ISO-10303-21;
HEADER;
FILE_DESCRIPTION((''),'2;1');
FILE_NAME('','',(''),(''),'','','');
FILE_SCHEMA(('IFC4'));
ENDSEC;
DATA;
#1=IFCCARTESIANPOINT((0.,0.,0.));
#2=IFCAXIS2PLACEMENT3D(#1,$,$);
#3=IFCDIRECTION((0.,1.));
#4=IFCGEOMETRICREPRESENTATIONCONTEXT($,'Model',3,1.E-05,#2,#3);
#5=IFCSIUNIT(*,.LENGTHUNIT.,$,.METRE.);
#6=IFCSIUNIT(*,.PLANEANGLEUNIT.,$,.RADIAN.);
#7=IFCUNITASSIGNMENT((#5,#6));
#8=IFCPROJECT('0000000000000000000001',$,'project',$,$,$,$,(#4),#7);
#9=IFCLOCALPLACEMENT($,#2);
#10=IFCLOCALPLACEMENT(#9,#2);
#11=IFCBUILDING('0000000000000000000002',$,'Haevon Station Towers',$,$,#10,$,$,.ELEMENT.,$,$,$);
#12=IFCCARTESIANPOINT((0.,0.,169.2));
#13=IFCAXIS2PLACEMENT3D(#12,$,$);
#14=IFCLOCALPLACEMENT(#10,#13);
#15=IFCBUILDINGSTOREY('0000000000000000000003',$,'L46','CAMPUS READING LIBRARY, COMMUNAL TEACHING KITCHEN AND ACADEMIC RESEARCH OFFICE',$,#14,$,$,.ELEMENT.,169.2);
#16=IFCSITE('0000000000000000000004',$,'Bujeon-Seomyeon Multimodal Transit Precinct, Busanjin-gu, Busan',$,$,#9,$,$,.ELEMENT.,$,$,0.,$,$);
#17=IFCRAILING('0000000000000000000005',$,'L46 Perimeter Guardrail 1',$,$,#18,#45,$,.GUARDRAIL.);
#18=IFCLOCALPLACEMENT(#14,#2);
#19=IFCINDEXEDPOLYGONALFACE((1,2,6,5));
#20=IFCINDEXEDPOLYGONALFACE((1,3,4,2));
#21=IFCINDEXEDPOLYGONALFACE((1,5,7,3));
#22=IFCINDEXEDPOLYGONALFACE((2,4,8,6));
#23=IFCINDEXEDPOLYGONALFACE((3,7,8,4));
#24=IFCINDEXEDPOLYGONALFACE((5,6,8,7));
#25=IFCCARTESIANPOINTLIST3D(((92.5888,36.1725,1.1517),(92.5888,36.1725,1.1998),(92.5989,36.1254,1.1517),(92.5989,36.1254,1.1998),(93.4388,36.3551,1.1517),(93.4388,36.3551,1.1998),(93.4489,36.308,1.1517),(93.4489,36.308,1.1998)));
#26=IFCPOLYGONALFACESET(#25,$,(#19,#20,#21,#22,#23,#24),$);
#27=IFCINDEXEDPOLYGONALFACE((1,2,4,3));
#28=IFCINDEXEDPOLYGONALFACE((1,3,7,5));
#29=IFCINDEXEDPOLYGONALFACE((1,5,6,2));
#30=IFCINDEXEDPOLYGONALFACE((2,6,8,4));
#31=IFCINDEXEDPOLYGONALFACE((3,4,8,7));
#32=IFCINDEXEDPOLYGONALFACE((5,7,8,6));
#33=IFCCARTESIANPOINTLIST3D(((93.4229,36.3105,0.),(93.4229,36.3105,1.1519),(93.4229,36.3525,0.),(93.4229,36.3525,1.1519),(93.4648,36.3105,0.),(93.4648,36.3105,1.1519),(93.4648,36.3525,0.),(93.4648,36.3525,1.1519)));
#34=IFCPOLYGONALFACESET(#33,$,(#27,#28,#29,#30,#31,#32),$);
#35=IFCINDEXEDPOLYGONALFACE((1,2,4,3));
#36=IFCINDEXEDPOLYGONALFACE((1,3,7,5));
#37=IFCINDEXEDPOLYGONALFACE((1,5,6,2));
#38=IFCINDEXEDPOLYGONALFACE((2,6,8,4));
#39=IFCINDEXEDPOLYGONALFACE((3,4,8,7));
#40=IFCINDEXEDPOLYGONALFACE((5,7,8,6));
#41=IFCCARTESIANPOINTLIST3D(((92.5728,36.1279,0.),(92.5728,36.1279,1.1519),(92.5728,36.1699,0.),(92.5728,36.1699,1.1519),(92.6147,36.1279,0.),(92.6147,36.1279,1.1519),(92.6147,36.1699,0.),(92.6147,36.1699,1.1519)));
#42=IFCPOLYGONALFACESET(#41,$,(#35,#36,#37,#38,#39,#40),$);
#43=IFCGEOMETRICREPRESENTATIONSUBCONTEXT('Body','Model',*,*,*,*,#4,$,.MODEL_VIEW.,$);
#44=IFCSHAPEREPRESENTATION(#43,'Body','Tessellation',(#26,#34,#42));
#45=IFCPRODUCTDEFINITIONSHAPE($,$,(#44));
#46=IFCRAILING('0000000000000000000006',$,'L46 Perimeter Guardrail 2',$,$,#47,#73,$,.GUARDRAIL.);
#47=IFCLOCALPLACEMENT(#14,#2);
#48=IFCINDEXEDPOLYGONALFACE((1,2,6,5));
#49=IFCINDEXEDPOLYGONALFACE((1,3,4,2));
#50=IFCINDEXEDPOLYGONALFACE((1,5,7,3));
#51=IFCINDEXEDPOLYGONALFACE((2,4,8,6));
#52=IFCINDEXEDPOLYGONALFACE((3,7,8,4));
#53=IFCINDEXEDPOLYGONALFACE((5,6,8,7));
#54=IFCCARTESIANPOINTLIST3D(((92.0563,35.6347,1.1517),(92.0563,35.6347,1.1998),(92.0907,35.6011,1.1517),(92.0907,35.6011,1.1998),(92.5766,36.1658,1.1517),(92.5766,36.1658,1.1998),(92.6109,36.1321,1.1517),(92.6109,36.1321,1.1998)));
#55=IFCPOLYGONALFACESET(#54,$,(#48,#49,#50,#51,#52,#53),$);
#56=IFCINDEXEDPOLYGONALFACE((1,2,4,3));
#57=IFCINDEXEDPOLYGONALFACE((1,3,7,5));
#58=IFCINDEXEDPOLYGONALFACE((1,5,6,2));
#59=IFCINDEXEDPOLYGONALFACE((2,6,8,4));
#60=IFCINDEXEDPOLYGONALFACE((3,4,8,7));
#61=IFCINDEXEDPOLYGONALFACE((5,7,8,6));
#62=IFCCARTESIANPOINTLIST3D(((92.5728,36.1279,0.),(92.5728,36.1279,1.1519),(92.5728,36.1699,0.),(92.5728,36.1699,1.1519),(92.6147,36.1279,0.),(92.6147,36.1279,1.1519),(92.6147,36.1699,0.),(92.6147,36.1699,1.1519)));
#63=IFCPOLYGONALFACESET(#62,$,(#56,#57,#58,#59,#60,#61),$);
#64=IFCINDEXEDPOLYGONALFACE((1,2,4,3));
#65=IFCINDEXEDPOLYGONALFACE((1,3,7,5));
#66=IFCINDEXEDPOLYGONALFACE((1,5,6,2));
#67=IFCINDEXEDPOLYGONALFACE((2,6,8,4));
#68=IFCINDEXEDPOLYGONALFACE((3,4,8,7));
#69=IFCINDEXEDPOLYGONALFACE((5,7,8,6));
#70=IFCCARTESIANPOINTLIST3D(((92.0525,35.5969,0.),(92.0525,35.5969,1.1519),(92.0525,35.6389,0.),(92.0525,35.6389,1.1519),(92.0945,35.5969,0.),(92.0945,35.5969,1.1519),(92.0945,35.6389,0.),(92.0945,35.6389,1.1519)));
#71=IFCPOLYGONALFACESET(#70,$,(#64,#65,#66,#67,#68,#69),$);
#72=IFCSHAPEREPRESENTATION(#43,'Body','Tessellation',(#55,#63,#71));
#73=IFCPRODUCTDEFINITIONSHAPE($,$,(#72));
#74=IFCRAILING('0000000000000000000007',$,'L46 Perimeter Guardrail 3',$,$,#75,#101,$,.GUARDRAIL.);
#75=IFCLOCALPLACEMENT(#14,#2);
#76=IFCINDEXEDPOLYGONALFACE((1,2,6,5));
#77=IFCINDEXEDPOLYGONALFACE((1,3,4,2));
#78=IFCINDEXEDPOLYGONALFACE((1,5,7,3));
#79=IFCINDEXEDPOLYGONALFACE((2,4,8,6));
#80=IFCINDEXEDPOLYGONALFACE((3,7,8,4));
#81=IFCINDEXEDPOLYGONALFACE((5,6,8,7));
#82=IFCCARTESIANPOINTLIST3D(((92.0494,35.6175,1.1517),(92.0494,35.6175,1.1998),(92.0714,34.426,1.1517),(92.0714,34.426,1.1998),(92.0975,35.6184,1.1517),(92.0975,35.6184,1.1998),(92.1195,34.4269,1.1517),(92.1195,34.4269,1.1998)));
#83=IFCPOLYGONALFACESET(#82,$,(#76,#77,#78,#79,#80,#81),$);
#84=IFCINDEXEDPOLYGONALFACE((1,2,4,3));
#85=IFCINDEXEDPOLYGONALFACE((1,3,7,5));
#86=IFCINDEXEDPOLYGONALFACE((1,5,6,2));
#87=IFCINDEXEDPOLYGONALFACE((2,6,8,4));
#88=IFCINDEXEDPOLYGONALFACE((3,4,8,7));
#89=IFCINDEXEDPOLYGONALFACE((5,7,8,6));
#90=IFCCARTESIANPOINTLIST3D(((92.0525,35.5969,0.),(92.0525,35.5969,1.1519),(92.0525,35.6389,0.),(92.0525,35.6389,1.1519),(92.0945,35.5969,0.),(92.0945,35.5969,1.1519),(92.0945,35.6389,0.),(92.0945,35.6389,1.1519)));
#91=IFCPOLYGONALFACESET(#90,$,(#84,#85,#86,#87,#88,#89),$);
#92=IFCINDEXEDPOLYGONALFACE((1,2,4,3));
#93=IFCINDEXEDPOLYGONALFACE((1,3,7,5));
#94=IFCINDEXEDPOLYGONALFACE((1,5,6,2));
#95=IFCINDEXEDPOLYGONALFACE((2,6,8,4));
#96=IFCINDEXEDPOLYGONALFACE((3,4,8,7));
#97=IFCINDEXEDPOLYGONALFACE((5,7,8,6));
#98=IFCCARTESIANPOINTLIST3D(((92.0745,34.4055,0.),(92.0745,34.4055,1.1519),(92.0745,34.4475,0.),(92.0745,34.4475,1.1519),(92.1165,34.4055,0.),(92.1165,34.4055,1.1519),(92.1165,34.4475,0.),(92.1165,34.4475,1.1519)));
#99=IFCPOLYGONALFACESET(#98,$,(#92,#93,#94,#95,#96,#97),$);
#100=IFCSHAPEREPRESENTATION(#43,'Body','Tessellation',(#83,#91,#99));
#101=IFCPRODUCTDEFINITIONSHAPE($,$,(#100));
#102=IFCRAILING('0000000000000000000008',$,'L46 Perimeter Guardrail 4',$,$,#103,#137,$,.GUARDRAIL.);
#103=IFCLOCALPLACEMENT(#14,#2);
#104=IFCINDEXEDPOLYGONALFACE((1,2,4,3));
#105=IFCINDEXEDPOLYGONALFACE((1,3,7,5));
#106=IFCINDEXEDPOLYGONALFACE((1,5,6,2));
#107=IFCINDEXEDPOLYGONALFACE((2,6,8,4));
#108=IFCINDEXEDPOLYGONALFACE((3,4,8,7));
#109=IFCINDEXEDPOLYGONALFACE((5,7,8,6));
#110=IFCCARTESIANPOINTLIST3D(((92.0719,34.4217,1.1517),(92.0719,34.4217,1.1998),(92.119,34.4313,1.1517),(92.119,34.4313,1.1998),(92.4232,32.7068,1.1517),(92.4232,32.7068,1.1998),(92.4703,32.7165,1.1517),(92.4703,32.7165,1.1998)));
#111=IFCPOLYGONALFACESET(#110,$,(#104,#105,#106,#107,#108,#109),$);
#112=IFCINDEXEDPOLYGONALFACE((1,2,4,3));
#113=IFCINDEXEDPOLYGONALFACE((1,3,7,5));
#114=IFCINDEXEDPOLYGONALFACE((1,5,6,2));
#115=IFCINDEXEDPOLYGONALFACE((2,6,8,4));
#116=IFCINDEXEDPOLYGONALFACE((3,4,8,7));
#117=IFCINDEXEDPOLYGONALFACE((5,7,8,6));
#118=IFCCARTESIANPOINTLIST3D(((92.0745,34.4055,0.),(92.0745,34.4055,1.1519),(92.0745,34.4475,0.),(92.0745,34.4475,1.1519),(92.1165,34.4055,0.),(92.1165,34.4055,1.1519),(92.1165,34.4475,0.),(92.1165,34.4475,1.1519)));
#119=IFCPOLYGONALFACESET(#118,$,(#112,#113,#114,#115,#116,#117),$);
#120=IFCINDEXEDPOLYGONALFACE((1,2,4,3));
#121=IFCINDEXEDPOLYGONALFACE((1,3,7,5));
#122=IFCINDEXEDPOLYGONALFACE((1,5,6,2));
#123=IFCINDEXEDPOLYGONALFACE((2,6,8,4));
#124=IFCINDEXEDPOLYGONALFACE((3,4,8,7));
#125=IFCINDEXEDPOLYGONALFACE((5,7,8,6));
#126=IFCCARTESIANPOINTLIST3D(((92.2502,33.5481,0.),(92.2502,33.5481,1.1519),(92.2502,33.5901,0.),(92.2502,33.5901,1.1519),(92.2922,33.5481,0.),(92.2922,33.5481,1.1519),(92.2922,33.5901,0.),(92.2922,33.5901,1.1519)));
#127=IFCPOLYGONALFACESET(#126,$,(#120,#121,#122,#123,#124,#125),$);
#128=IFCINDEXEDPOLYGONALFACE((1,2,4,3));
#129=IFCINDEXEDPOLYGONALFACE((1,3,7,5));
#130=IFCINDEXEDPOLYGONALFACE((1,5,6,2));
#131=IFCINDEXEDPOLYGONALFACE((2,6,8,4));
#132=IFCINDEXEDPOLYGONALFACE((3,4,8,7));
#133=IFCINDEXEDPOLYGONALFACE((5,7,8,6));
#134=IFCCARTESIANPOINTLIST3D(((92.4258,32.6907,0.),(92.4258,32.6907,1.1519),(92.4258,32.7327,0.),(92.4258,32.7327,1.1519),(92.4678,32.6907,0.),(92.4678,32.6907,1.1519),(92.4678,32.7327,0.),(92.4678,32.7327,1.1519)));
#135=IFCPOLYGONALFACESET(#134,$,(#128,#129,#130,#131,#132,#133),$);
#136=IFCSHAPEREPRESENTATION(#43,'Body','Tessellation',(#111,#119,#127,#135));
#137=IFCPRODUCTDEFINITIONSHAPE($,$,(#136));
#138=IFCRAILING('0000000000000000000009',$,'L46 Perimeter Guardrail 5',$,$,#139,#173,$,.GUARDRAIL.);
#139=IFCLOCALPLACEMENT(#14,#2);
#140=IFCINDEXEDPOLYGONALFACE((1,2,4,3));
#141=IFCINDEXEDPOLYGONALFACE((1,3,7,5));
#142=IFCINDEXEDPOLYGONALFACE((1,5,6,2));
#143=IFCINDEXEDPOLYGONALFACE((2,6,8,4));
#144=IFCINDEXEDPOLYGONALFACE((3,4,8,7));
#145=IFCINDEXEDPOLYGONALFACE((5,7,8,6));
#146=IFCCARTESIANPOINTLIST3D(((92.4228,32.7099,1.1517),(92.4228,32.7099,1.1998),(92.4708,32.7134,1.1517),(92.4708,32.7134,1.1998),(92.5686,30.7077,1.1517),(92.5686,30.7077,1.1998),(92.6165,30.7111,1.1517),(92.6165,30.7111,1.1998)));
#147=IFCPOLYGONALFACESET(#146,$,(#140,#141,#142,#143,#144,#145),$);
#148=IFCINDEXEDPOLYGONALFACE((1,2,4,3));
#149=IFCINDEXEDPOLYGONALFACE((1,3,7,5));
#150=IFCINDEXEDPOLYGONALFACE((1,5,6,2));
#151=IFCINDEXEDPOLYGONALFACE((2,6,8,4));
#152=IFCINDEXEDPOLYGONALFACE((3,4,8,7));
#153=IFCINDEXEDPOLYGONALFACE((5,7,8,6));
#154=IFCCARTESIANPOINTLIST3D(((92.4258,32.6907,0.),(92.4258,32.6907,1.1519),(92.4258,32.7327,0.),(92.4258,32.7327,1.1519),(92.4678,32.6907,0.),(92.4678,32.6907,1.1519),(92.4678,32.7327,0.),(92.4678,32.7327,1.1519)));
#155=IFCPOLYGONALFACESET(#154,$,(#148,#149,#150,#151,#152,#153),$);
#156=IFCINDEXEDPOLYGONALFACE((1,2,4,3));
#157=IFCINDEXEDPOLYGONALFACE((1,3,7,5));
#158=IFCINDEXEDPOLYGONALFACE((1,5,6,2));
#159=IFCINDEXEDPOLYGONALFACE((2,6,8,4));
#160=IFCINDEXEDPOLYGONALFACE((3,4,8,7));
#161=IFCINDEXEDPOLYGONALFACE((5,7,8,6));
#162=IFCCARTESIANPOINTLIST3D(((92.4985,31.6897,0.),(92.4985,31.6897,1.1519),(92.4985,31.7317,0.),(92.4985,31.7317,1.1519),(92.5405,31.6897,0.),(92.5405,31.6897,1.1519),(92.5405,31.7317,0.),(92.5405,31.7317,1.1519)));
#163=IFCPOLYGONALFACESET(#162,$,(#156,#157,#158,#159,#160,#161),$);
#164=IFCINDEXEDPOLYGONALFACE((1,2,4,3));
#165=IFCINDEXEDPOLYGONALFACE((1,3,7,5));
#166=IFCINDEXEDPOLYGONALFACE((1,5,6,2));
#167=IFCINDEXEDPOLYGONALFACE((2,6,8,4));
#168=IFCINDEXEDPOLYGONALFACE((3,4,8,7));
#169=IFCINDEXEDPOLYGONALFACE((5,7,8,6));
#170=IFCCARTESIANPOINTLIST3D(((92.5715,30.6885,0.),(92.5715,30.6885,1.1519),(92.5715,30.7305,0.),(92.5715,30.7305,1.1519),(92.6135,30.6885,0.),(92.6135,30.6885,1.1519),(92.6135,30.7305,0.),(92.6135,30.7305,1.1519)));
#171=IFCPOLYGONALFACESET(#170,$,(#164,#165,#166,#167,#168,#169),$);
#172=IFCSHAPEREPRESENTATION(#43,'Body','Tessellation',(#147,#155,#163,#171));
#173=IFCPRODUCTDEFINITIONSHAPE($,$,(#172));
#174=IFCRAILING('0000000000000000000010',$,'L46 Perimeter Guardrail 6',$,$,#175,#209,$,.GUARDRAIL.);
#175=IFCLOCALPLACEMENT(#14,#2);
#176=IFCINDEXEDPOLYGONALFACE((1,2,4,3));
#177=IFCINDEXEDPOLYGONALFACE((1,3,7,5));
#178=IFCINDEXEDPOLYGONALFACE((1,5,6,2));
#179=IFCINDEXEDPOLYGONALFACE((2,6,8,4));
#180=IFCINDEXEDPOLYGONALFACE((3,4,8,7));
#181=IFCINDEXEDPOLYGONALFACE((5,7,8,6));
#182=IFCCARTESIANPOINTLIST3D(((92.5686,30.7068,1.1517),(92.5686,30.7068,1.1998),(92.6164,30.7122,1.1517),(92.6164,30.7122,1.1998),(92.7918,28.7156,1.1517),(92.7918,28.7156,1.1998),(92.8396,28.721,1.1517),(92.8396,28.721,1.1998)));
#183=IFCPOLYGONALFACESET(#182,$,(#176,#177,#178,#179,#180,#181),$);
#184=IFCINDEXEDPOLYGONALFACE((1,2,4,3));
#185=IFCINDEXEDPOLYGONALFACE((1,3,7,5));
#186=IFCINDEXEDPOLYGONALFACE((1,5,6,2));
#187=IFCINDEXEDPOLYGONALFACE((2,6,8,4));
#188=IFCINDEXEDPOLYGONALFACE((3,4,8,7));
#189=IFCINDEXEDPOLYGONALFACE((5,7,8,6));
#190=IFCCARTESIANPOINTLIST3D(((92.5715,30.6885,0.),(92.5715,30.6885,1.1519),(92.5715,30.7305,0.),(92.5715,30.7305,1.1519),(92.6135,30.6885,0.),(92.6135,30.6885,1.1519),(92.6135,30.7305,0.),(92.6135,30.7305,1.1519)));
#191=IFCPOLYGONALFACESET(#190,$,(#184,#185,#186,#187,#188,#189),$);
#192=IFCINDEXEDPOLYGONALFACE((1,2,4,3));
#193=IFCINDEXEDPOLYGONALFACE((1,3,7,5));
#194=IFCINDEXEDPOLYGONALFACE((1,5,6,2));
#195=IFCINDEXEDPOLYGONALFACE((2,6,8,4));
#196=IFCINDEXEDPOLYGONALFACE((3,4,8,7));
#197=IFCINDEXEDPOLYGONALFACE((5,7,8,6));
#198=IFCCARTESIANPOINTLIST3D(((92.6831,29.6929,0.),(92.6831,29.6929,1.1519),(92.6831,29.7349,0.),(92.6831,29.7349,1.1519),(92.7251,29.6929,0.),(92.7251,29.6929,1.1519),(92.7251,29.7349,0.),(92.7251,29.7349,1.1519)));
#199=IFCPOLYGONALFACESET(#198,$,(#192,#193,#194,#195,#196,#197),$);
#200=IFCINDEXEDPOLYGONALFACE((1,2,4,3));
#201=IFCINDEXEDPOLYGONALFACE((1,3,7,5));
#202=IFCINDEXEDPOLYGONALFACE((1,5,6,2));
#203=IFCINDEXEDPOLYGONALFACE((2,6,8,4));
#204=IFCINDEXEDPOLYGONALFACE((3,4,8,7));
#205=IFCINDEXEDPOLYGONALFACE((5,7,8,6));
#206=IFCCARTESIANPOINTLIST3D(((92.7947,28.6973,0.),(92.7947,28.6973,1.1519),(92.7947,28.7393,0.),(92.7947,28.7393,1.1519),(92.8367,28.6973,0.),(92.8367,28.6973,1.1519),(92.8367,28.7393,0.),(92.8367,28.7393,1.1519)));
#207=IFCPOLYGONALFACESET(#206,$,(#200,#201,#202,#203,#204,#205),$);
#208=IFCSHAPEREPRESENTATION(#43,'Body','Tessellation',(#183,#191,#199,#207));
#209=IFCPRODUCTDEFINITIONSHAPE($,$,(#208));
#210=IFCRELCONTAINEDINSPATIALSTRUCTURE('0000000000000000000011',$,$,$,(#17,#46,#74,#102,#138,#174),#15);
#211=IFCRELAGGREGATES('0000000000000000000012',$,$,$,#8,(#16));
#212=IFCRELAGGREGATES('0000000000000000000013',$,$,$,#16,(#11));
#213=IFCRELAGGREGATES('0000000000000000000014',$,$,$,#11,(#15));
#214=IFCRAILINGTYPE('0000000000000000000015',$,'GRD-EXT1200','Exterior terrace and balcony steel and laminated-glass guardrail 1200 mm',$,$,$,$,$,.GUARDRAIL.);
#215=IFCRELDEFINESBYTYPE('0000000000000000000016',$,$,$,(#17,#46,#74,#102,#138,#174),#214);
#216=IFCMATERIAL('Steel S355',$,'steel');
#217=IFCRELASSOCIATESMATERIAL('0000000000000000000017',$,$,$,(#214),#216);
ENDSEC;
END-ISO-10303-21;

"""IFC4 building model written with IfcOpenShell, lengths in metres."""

from ifc_helpers import new_model, si_unit, direction, frame, origin, origin_2d, place, context, subcontext, project, spatial, rectangle, extrude, material, type_object, element, save


model = new_model("IFC4")

# Units and contexts
model_context = context("Model", 3, precision=1e-05, world=origin(), true_north=direction((0.0, 1.0)))
body_context = subcontext(model_context, "Body", "Model", "MODEL_VIEW")
ifc_project = project(units=[si_unit("LENGTHUNIT", "METRE"), si_unit("PLANEANGLEUNIT", "RADIAN")], contexts=[model_context])

# Site, building, storey
site_placement = place(None, origin())
site = spatial("IfcSite", under=ifc_project, at=site_placement, Name="Bujeon-Seomyeon Multimodal Transit Precinct, Busanjin-gu, Busan", CompositionType="ELEMENT", RefElevation=0.0)
building_placement = place(site_placement, origin())
building = spatial("IfcBuilding", under=site, at=building_placement, Name="Haevon Station Towers", CompositionType="ELEMENT")
storey_placement = place(building_placement, frame((0.0, 0.0, 169.2)))
storey = spatial("IfcBuildingStorey", under=building, at=storey_placement, Name="L46", Description="CAMPUS READING LIBRARY, COMMUNAL TEACHING KITCHEN AND ACADEMIC RESEARCH OFFICE", CompositionType="ELEMENT", Elevation=169.2)

# Shared definitions
ifc_material_1 = material(Name="Steel S355", Category="steel")

# Railings
railing_type = type_object("IfcRailingType", Name="GRD-EXT1200", Description="Exterior terrace and balcony steel and laminated-glass guardrail 1200 mm", PredefinedType="GUARDRAIL", material=ifc_material_1)
railing_1_placement = place(storey_placement, frame((93.4438, 36.3315, 0.0)))
element("IfcRailing", 1, at=railing_1_placement, inside=storey, type_object=railing_type, Name="L46 Perimeter Guardrail 1", PredefinedType="GUARDRAIL", context=body_context, shape_type="SweptSolid", body=[
    extrude(rectangle(XDim=0.0481, YDim=0.0481, at=origin_2d()), frame((0.0, 0.0, 1.1758), z_axis=(-0.977695, -0.210028, 0.0), x_axis=(0.210028, -0.977695, 0.0)), (0.0, 0.0, 1.0), 0.8694),
    extrude(rectangle(XDim=0.042, YDim=0.042, at=origin_2d()), origin(), (0.0, 0.0, 1.0), 1.1519),
    extrude(rectangle(XDim=0.042, YDim=0.042, at=origin_2d()), frame((-0.8501, -0.1826, 0.0)), (0.0, 0.0, 1.0), 1.1519),
])
railing_2_placement = place(storey_placement, frame((92.5938, 36.1489, 0.0)))
element("IfcRailing", 2, at=railing_2_placement, inside=storey, type_object=railing_type, Name="L46 Perimeter Guardrail 2", PredefinedType="GUARDRAIL", context=body_context, shape_type="SweptSolid", body=[
    extrude(rectangle(XDim=0.0481, YDim=0.0481, at=origin_2d()), frame((0.0, 0.0, 1.1758), z_axis=(-0.699845, -0.714295, 0.0), x_axis=(0.714295, -0.699845, 0.0)), (0.0, 0.0, 1.0), 0.7434),
    extrude(rectangle(XDim=0.042, YDim=0.042, at=origin_2d()), origin(), (0.0, 0.0, 1.0), 1.1519),
    extrude(rectangle(XDim=0.042, YDim=0.042, at=origin_2d()), frame((-0.5203, -0.531, 0.0)), (0.0, 0.0, 1.0), 1.1519),
])
railing_3_placement = place(storey_placement, frame((92.0735, 35.6179, 0.0)))
element("IfcRailing", 3, at=railing_3_placement, inside=storey, type_object=railing_type, Name="L46 Perimeter Guardrail 3", PredefinedType="GUARDRAIL", context=body_context, shape_type="SweptSolid", body=[
    extrude(rectangle(XDim=0.0481, YDim=0.0481, at=origin_2d()), frame((0.0, 0.0, 1.1758), z_axis=(0.018439, -0.99983, 0.0), x_axis=(0.99983, 0.018439, 0.0)), (0.0, 0.0, 1.0), 1.1917),
    extrude(rectangle(XDim=0.042, YDim=0.042, at=origin_2d()), origin(), (0.0, 0.0, 1.0), 1.1519),
    extrude(rectangle(XDim=0.042, YDim=0.042, at=origin_2d()), frame((0.022, -1.1914, 0.0)), (0.0, 0.0, 1.0), 1.1519),
])
railing_4_placement = place(storey_placement, frame((92.0955, 34.4265, 0.0)))
element("IfcRailing", 4, at=railing_4_placement, inside=storey, type_object=railing_type, Name="L46 Perimeter Guardrail 4", PredefinedType="GUARDRAIL", context=body_context, shape_type="SweptSolid", body=[
    extrude(rectangle(XDim=0.0481, YDim=0.0481, at=origin_2d()), frame((0.0, 0.0, 1.1758), z_axis=(0.2007, -0.979653, 0.0), x_axis=(0.979653, 0.2007, 0.0)), (0.0, 0.0, 1.0), 1.7505),
    extrude(rectangle(XDim=0.042, YDim=0.042, at=origin_2d()), origin(), (0.0, 0.0, 1.0), 1.1519),
    extrude(rectangle(XDim=0.042, YDim=0.042, at=origin_2d()), frame((0.1758, -0.8574, 0.0)), (0.0, 0.0, 1.0), 1.1519),
    extrude(rectangle(XDim=0.042, YDim=0.042, at=origin_2d()), frame((0.3513, -1.7148, 0.0)), (0.0, 0.0, 1.0), 1.1519),
])
railing_5_placement = place(storey_placement, frame((92.4468, 32.7117, 0.0)))
element("IfcRailing", 5, at=railing_5_placement, inside=storey, type_object=railing_type, Name="L46 Perimeter Guardrail 5", PredefinedType="GUARDRAIL", context=body_context, shape_type="SweptSolid", body=[
    extrude(rectangle(XDim=0.0481, YDim=0.0481, at=origin_2d()), frame((0.0, 0.0, 1.1758), z_axis=(0.072604, -0.997361, 0.0), x_axis=(0.997361, 0.072604, 0.0)), (0.0, 0.0, 1.0), 2.0076),
    extrude(rectangle(XDim=0.042, YDim=0.042, at=origin_2d()), origin(), (0.0, 0.0, 1.0), 1.1519),
    extrude(rectangle(XDim=0.042, YDim=0.042, at=origin_2d()), frame((0.0728, -1.001, 0.0)), (0.0, 0.0, 1.0), 1.1519),
    extrude(rectangle(XDim=0.042, YDim=0.042, at=origin_2d()), frame((0.1458, -2.0022, 0.0)), (0.0, 0.0, 1.0), 1.1519),
])
railing_6_placement = place(storey_placement, frame((92.5925, 30.7095, 0.0)))
element("IfcRailing", 6, at=railing_6_placement, inside=storey, type_object=railing_type, Name="L46 Perimeter Guardrail 6", PredefinedType="GUARDRAIL", context=body_context, shape_type="SweptSolid", body=[
    extrude(rectangle(XDim=0.0481, YDim=0.0481, at=origin_2d()), frame((0.0, 0.0, 1.1758), z_axis=(0.111368, -0.993779, 0.0), x_axis=(0.993779, 0.111368, 0.0)), (0.0, 0.0, 1.0), 2.0037),
    extrude(rectangle(XDim=0.042, YDim=0.042, at=origin_2d()), origin(), (0.0, 0.0, 1.0), 1.1519),
    extrude(rectangle(XDim=0.042, YDim=0.042, at=origin_2d()), frame((0.1116, -0.9956, 0.0)), (0.0, 0.0, 1.0), 1.1519),
    extrude(rectangle(XDim=0.042, YDim=0.042, at=origin_2d()), frame((0.2231, -1.9912, 0.0)), (0.0, 0.0, 1.0), 1.1519),
])

save(model, "model.ifc")
